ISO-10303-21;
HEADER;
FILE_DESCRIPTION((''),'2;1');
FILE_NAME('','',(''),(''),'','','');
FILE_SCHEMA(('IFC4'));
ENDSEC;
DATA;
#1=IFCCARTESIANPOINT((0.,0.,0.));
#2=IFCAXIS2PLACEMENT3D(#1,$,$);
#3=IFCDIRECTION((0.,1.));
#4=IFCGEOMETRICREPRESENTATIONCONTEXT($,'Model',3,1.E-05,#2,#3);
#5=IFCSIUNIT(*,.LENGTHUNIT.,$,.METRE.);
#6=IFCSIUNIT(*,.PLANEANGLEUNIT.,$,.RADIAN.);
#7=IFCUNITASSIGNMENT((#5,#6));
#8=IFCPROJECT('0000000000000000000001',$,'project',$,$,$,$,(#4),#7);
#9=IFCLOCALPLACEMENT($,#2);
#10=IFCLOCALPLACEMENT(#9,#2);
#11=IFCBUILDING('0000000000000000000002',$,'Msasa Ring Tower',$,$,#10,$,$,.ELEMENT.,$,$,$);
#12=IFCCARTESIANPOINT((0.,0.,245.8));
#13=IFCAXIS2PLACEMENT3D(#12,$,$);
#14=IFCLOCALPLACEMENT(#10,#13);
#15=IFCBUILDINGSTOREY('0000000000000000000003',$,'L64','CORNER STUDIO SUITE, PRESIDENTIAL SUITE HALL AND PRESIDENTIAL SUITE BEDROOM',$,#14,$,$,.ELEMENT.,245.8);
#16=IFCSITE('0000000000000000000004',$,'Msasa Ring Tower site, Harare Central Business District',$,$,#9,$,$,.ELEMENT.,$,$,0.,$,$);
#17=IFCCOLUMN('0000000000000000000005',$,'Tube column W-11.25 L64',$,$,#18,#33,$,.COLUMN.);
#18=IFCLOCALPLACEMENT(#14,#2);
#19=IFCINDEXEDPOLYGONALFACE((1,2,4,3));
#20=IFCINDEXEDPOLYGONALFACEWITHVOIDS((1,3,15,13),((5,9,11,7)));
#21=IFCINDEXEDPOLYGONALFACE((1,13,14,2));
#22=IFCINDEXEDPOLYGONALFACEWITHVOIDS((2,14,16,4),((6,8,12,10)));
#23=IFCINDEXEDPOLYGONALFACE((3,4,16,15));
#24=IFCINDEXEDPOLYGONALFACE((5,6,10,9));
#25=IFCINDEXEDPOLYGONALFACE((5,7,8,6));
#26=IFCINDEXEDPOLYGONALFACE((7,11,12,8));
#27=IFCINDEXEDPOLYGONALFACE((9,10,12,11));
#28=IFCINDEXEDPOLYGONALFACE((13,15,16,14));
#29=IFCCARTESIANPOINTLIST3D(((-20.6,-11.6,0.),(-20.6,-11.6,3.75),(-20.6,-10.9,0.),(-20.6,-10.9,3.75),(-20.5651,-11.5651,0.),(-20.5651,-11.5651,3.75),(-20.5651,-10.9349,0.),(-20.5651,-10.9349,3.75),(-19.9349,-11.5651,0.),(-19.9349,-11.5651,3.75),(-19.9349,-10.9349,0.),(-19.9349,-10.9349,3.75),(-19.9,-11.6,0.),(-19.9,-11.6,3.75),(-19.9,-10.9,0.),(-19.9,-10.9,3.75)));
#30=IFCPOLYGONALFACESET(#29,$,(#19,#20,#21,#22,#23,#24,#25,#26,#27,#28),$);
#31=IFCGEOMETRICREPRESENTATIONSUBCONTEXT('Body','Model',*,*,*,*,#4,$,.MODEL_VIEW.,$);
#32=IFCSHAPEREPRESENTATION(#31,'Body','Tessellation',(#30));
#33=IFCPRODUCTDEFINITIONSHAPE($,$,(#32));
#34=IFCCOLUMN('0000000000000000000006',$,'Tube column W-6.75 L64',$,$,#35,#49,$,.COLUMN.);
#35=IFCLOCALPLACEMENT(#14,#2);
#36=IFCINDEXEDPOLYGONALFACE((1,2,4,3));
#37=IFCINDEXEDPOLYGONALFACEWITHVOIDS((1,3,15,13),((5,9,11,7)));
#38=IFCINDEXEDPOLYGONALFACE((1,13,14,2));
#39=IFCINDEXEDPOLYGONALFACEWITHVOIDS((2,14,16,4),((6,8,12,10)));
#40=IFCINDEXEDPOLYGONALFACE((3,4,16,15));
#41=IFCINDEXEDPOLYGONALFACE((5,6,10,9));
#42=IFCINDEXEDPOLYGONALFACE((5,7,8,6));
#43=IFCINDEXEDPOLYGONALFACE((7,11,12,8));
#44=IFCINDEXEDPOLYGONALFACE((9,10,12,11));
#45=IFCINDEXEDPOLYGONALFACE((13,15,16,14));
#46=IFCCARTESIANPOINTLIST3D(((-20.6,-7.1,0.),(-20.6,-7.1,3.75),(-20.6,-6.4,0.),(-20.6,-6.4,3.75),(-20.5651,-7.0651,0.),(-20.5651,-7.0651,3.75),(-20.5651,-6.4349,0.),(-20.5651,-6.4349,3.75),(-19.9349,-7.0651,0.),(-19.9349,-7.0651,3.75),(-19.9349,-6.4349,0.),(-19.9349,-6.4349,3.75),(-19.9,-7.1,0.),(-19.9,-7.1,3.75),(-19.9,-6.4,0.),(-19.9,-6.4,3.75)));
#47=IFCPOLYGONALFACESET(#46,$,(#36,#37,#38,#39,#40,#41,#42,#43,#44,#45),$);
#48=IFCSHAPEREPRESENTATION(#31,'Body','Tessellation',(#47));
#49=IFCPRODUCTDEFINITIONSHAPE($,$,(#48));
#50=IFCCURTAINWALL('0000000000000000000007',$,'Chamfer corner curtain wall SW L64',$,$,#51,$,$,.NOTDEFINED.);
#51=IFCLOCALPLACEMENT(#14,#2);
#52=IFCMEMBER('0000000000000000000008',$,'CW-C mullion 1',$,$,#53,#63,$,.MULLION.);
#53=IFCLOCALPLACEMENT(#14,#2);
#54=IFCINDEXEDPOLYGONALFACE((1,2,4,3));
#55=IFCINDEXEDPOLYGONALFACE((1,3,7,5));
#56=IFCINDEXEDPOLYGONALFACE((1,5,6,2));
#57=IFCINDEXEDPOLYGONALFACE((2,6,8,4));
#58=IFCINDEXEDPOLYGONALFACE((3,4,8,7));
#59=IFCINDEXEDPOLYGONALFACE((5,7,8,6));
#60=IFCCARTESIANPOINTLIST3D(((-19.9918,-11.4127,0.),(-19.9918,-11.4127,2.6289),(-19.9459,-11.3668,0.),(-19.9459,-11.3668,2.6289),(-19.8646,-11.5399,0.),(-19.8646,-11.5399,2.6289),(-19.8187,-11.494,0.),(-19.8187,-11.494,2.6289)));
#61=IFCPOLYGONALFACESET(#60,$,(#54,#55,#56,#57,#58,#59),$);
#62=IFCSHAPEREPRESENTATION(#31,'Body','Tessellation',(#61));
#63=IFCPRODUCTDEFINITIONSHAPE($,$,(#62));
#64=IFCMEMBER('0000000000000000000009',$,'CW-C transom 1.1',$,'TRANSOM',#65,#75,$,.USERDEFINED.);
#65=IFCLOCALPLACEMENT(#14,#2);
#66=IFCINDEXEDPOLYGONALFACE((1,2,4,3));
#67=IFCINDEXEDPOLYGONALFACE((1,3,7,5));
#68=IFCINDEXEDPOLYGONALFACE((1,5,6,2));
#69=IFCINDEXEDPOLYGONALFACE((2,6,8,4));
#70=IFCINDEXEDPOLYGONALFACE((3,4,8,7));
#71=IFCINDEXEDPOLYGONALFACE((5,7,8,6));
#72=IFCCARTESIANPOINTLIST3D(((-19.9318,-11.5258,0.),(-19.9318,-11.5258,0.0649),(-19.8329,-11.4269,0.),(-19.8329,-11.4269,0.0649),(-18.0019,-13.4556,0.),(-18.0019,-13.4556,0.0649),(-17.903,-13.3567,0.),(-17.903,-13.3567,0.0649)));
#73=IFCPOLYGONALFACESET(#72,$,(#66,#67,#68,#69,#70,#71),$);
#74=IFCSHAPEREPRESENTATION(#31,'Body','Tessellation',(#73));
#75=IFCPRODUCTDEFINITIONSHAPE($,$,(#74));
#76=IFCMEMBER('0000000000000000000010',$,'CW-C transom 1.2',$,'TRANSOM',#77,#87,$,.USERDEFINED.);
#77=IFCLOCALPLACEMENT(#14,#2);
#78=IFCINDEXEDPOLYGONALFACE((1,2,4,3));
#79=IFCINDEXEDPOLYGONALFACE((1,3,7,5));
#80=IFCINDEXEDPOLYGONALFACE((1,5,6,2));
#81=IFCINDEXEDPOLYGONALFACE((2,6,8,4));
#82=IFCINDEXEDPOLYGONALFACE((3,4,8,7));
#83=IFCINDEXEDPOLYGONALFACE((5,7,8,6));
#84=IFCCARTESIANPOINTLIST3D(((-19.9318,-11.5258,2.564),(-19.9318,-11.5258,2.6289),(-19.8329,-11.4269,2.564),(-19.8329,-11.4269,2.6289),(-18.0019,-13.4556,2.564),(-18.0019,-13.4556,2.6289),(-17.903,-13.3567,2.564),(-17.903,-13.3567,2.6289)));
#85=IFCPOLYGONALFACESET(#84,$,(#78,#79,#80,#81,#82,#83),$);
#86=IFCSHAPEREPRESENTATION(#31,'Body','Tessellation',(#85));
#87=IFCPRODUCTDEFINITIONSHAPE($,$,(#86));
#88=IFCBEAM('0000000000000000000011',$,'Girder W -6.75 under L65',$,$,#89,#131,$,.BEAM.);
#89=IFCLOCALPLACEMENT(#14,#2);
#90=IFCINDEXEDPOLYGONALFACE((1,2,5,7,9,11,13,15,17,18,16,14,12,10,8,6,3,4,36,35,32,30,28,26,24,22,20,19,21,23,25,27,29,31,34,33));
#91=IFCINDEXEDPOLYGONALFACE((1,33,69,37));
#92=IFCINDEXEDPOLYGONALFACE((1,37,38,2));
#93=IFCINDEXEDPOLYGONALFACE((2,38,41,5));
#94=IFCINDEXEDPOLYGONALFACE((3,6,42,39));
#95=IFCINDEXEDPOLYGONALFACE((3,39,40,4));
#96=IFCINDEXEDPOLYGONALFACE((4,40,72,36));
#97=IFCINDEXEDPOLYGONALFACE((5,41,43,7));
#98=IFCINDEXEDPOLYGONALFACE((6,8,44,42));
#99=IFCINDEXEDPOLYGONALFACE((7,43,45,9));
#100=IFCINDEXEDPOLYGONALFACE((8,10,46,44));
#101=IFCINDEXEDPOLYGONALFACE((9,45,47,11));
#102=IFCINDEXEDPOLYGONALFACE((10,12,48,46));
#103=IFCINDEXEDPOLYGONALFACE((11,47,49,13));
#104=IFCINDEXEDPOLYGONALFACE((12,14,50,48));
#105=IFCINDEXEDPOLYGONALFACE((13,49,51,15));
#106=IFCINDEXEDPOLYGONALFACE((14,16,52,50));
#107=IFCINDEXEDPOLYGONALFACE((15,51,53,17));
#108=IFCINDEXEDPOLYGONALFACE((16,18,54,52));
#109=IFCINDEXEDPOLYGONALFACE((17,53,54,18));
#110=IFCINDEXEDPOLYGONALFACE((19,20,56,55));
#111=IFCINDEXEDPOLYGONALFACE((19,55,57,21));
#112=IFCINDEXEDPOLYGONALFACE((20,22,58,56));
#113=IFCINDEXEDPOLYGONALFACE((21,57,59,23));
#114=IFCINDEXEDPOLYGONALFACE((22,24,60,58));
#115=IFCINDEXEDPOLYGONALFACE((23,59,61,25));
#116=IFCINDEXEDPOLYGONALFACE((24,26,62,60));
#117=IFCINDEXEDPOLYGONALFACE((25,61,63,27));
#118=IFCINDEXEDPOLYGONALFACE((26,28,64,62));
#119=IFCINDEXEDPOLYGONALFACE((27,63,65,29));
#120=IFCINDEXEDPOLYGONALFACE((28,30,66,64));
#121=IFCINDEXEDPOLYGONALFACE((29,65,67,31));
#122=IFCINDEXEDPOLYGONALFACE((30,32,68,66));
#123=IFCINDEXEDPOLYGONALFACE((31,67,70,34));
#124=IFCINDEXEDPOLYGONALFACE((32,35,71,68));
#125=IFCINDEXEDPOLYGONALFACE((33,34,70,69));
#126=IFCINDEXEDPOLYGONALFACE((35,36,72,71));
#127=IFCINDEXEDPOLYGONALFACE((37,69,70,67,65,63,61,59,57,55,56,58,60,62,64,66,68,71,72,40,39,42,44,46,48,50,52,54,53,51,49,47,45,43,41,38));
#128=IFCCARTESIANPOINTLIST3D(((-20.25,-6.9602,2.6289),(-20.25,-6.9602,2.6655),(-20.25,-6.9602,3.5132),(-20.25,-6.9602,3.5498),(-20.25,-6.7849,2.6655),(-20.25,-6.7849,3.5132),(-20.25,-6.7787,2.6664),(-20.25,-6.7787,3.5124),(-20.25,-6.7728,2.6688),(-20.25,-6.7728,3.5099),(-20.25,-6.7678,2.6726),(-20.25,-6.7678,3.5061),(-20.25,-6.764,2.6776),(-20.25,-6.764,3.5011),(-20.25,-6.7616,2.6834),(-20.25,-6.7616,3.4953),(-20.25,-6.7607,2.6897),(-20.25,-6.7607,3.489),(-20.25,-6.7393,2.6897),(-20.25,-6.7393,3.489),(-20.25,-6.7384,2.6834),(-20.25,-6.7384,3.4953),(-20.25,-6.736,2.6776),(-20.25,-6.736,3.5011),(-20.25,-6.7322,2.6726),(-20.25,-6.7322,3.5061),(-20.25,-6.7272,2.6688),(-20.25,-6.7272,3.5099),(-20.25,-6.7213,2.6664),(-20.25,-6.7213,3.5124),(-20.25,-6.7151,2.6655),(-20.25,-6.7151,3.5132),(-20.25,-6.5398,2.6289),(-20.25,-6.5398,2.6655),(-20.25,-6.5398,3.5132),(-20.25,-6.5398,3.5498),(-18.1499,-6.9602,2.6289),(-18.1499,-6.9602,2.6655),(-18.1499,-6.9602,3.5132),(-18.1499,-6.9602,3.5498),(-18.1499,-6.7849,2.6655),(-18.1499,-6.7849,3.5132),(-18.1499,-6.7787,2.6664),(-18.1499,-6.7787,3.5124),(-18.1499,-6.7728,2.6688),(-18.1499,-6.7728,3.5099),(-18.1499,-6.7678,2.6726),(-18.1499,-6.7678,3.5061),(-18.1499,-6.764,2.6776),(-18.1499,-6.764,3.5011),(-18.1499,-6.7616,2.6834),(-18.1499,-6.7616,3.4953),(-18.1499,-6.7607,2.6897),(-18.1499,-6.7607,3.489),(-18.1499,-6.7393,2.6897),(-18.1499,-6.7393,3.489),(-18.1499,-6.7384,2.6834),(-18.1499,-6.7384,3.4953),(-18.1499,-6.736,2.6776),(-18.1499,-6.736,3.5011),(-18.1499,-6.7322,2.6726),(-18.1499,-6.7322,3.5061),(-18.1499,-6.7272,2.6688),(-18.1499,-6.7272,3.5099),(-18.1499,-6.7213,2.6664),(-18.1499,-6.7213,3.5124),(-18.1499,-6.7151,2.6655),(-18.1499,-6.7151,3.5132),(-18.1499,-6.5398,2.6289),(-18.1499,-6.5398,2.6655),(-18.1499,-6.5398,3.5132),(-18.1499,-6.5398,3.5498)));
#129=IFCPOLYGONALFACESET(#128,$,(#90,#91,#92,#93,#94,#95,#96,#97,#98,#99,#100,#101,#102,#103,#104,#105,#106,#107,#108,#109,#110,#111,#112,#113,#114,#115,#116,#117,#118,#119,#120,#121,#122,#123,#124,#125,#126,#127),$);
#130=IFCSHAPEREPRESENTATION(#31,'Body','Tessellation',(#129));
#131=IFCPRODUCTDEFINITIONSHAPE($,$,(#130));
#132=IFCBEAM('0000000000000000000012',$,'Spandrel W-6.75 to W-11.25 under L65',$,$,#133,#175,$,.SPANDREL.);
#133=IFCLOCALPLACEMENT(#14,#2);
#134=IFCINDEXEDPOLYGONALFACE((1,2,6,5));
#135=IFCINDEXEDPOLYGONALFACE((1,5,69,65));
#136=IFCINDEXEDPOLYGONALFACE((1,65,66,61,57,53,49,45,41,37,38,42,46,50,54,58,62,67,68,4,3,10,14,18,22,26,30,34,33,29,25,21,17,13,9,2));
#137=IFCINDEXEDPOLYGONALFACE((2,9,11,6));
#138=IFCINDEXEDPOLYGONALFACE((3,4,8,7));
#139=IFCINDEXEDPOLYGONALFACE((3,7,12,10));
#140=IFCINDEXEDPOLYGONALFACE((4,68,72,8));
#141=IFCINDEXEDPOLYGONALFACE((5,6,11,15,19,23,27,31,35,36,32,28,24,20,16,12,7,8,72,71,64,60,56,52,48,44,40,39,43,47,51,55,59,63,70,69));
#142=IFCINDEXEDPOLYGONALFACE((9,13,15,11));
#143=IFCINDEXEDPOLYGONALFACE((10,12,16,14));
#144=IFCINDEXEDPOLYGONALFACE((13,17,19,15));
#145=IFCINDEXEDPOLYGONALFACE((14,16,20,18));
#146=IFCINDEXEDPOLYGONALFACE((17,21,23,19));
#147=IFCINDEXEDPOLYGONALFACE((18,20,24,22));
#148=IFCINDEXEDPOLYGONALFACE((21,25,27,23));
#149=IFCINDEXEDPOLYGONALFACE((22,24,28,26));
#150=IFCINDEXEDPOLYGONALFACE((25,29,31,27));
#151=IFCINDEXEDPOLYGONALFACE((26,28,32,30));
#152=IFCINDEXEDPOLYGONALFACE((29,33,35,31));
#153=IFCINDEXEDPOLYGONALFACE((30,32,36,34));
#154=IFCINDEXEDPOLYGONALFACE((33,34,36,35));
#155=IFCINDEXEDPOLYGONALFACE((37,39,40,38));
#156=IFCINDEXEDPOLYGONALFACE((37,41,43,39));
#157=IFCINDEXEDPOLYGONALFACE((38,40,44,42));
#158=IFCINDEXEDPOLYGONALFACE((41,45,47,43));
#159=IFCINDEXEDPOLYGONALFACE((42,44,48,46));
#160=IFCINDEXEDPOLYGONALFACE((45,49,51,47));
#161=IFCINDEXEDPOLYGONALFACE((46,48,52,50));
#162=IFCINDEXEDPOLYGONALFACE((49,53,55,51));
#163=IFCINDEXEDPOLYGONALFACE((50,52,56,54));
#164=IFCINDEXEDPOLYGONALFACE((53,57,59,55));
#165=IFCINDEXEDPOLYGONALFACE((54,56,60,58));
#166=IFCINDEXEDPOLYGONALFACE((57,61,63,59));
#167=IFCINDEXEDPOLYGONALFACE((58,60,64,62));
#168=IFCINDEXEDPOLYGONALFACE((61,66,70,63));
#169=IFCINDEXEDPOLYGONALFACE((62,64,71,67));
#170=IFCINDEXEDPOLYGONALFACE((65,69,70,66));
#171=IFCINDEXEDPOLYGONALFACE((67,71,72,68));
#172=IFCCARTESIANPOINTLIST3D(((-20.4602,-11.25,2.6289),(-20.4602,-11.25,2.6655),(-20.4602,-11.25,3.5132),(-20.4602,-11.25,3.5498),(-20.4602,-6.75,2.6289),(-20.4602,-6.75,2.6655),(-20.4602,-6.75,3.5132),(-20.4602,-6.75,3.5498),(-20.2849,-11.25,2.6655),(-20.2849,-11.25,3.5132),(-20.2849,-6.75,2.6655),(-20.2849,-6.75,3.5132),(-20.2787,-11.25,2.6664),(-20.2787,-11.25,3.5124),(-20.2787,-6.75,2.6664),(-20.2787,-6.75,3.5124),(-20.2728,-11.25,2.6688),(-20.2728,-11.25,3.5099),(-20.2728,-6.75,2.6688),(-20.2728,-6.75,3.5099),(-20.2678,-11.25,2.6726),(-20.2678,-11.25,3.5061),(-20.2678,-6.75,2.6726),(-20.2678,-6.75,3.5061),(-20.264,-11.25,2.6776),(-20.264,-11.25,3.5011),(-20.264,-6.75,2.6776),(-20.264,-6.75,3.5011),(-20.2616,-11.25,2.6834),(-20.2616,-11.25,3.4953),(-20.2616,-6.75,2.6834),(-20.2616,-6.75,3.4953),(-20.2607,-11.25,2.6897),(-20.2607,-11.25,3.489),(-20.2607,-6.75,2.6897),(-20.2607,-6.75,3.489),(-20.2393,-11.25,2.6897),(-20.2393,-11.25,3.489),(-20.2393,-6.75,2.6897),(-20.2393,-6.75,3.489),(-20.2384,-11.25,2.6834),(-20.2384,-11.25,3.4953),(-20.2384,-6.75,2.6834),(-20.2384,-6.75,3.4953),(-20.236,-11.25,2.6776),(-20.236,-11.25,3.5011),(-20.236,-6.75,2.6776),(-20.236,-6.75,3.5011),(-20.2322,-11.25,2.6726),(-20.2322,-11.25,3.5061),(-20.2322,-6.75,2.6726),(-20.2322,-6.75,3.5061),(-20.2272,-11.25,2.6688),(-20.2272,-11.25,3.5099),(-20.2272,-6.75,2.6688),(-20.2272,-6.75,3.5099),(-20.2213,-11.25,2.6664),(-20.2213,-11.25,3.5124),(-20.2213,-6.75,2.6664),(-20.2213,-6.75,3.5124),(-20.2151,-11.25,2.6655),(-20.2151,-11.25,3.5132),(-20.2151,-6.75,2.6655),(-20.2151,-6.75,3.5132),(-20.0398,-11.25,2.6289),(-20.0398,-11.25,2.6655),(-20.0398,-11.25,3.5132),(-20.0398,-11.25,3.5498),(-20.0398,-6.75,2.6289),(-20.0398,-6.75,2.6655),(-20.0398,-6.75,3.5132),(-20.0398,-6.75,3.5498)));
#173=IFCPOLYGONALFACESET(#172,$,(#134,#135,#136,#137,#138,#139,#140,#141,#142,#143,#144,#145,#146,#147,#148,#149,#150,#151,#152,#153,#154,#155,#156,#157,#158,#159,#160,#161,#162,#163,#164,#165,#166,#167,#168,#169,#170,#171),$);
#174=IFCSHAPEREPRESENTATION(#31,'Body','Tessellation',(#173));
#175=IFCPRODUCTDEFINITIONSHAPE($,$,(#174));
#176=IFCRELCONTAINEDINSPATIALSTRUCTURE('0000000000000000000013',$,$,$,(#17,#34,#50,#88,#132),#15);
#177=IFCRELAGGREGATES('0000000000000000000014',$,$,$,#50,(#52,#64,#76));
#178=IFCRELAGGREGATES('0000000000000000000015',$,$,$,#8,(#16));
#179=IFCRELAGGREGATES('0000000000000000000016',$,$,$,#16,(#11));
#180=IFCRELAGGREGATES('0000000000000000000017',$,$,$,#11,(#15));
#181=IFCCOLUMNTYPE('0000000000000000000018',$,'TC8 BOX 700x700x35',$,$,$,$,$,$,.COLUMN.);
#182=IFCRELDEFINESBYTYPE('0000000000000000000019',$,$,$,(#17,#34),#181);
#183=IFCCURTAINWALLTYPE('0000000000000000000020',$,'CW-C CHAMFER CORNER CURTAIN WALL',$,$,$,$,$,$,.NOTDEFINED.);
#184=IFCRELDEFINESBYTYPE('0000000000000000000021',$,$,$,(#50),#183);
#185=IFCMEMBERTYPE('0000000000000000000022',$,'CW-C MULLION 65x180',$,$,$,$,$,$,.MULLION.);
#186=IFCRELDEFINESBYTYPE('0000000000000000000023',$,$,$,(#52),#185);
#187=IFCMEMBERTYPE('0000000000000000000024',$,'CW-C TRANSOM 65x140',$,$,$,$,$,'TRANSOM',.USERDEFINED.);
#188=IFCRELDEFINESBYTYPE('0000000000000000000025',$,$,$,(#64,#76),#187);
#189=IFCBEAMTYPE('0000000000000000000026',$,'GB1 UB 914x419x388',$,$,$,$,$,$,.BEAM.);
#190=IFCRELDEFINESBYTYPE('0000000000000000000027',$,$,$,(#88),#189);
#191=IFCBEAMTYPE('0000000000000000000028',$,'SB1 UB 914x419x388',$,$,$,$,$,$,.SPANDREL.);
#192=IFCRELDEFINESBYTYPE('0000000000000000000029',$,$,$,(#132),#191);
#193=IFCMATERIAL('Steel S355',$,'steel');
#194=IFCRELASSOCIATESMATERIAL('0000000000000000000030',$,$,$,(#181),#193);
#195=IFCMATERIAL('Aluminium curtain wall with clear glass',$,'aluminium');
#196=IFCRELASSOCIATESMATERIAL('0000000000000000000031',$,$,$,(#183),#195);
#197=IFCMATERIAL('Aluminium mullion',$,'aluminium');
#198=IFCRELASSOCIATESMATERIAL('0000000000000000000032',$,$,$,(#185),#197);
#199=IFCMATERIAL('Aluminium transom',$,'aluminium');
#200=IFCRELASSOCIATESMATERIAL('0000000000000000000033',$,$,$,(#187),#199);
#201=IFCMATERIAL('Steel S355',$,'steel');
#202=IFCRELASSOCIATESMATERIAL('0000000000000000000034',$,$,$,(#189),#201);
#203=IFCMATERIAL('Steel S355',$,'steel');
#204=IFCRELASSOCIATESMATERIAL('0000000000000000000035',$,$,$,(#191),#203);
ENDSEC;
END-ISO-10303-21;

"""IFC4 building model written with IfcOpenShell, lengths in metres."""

from ifc_helpers import new_model, si_unit, direction, frame, origin, origin_2d, place, context, subcontext, project, spatial, rectangle, hollow_rectangle, i_section, extrude, material, material_profile, profile_set, type_object, element, aggregate, save


model = new_model("IFC4")

# Units and contexts
model_context = context("Model", 3, precision=1e-05, world=origin(), true_north=direction((0.0, 1.0)))
body_context = subcontext(model_context, "Body", "Model", "MODEL_VIEW")
ifc_project = project(units=[si_unit("LENGTHUNIT", "METRE"), si_unit("PLANEANGLEUNIT", "RADIAN")], contexts=[model_context])

# Site, building, storey
site_placement = place(None, origin())
site = spatial("IfcSite", under=ifc_project, at=site_placement, Name="Msasa Ring Tower site, Harare Central Business District", CompositionType="ELEMENT", RefElevation=0.0)
building_placement = place(site_placement, origin())
building = spatial("IfcBuilding", under=site, at=building_placement, Name="Msasa Ring Tower", CompositionType="ELEMENT")
storey_placement = place(building_placement, frame((0.0, 0.0, 245.8)))
storey = spatial("IfcBuildingStorey", under=building, at=storey_placement, Name="L64", Description="CORNER STUDIO SUITE, PRESIDENTIAL SUITE HALL AND PRESIDENTIAL SUITE BEDROOM", CompositionType="ELEMENT", Elevation=245.8)

# Columns
ifc_material_1 = material(Name="Steel S355", Category="steel")
ifc_material_profile_1 = material_profile(ifc_material_1, hollow_rectangle(XDim=0.7, YDim=0.7, WallThickness=0.0349, at=origin_2d()), Name="BOX 700x700x35")
ifc_profile_set_1 = profile_set([ifc_material_profile_1], Name="Steel S355")
column_type = type_object("IfcColumnType", Name="TC8 BOX 700x700x35", PredefinedType="COLUMN", material=ifc_profile_set_1)
for number, where, z_axis, x_axis, name in (
    (1, (-20.25, -11.25, 0.0), (0.0, 0.0, 1.0), (1.0, 0.0, 0.0), "Tube column W-11.25 L64"),
    (2, (-20.25, -6.75, 0.0), (0.0, 0.0, 1.0), (1.0, 0.0, 0.0), "Tube column W-6.75 L64"),
):
    element("IfcColumn", number, at=place(storey_placement, frame(where, z_axis=z_axis, x_axis=x_axis)), inside=storey, type_object=column_type, Name=name, PredefinedType="COLUMN", context=body_context, shape_type="SweptSolid", body=[
        extrude(hollow_rectangle(XDim=0.7, YDim=0.7, WallThickness=0.0349, at=origin_2d()), origin(), (0.0, 0.0, 1.0), 3.75),
    ])

# Curtain wall, members
ifc_material_2 = material(Name="Aluminium curtain wall with clear glass", Category="aluminium")
curtain_wall_type = type_object("IfcCurtainWallType", Name="CW-C CHAMFER CORNER CURTAIN WALL", PredefinedType="NOTDEFINED", material=ifc_material_2)
curtain_wall_placement = place(storey_placement, origin())
curtain_wall = element("IfcCurtainWall", 3, at=curtain_wall_placement, inside=storey, type_object=curtain_wall_type, Name="Chamfer corner curtain wall SW L64", PredefinedType="NOTDEFINED")
ifc_material_3 = material(Name="Aluminium mullion", Category="aluminium")
ifc_material_profile_2 = material_profile(ifc_material_3, rectangle(XDim=0.0649, YDim=0.1799, at=origin_2d()), Name="AL 65x180")
ifc_profile_set_2 = profile_set([ifc_material_profile_2], Name="Aluminium mullion")
member_type_1 = type_object("IfcMemberType", Name="CW-C MULLION 65x180", PredefinedType="MULLION", material=ifc_profile_set_2)
member_1_placement = place(storey_placement, frame((-19.9053, -11.4534, 0.0), z_axis=(0.0, 0.0, 1.0), x_axis=(0.707107, 0.707107, 0.0)))
member_1 = element("IfcMember", 4, at=member_1_placement, type_object=member_type_1, Name="CW-C mullion 1", PredefinedType="MULLION", context=body_context, shape_type="SweptSolid", body=[
    extrude(rectangle(XDim=0.0649, YDim=0.1799, at=origin_2d()), origin(), (0.0, 0.0, 1.0), 2.6289),
])
ifc_material_4 = material(Name="Aluminium transom", Category="aluminium")
ifc_material_profile_3 = material_profile(ifc_material_4, rectangle(XDim=0.1399, YDim=0.0649, at=origin_2d()), Name="AL 65x140")
ifc_profile_set_3 = profile_set([ifc_material_profile_3], Name="Aluminium transom")
member_type_2 = type_object("IfcMemberType", Name="CW-C TRANSOM 65x140", ElementType="TRANSOM", PredefinedType="USERDEFINED", material=ifc_profile_set_3)
member_2_placement = place(storey_placement, frame((-19.8823, -11.4763, 0.0325), z_axis=(0.707107, -0.707107, 0.0), x_axis=(0.707107, 0.707107, 0.0)))
member_2 = element("IfcMember", 5, at=member_2_placement, type_object=member_type_2, Name="CW-C transom 1.1", ObjectType="TRANSOM", PredefinedType="USERDEFINED", context=body_context, shape_type="SweptSolid", body=[
    extrude(rectangle(XDim=0.1399, YDim=0.0649, at=origin_2d()), origin(), (0.0, 0.0, 1.0), 2.7292),
])
member_3_placement = place(storey_placement, frame((-19.8823, -11.4763, 2.5964), z_axis=(0.707107, -0.707107, 0.0), x_axis=(0.707107, 0.707107, 0.0)))
member_3 = element("IfcMember", 6, at=member_3_placement, type_object=member_type_2, Name="CW-C transom 1.2", ObjectType="TRANSOM", PredefinedType="USERDEFINED", context=body_context, shape_type="SweptSolid", body=[
    extrude(rectangle(XDim=0.1399, YDim=0.0649, at=origin_2d()), origin(), (0.0, 0.0, 1.0), 2.7292),
])
aggregate(curtain_wall, [member_1, member_2, member_3])

# Beams
ifc_material_5 = material(Name="Steel S355", Category="steel")
ifc_material_profile_4 = material_profile(ifc_material_5, i_section(OverallWidth=0.4204, OverallDepth=0.9209, WebThickness=0.0215, FlangeThickness=0.0366, FilletRadius=0.0242, at=origin_2d()), Name="UB 914x419x388")
ifc_profile_set_4 = profile_set([ifc_material_profile_4], Name="Steel S355")
beam_type_1 = type_object("IfcBeamType", Name="GB1 UB 914x419x388", PredefinedType="BEAM", material=ifc_profile_set_4)
beam_1_placement = place(storey_placement, frame((-18.1499, -6.75, 3.0894), z_axis=(-1.0, 0.0, 0.0), x_axis=(0.0, -1.0, 0.0)))
element("IfcBeam", 7, at=beam_1_placement, inside=storey, type_object=beam_type_1, Name="Girder W -6.75 under L65", PredefinedType="BEAM", context=body_context, shape_type="SweptSolid", body=[
    extrude(i_section(OverallWidth=0.4204, OverallDepth=0.9209, WebThickness=0.0215, FlangeThickness=0.0366, FilletRadius=0.0242, at=origin_2d()), origin(), (0.0, 0.0, 1.0), 2.1001),
])
ifc_material_6 = material(Name="Steel S355", Category="steel")
ifc_material_profile_5 = material_profile(ifc_material_6, i_section(OverallWidth=0.4204, OverallDepth=0.9209, WebThickness=0.0215, FlangeThickness=0.0366, FilletRadius=0.0242, at=origin_2d()), Name="UB 914x419x388")
ifc_profile_set_5 = profile_set([ifc_material_profile_5], Name="Steel S355")
beam_type_2 = type_object("IfcBeamType", Name="SB1 UB 914x419x388", PredefinedType="SPANDREL", material=ifc_profile_set_5)
beam_2_placement = place(storey_placement, frame((-20.25, -6.75, 3.0894), z_axis=(0.0, -1.0, 0.0), x_axis=(1.0, 0.0, 0.0)))
element("IfcBeam", 8, at=beam_2_placement, inside=storey, type_object=beam_type_2, Name="Spandrel W-6.75 to W-11.25 under L65", PredefinedType="SPANDREL", context=body_context, shape_type="SweptSolid", body=[
    extrude(i_section(OverallWidth=0.4204, OverallDepth=0.9209, WebThickness=0.0215, FlangeThickness=0.0366, FilletRadius=0.0242, at=origin_2d()), origin(), (0.0, 0.0, 1.0), 4.5),
])

save(model, "model.ifc")
